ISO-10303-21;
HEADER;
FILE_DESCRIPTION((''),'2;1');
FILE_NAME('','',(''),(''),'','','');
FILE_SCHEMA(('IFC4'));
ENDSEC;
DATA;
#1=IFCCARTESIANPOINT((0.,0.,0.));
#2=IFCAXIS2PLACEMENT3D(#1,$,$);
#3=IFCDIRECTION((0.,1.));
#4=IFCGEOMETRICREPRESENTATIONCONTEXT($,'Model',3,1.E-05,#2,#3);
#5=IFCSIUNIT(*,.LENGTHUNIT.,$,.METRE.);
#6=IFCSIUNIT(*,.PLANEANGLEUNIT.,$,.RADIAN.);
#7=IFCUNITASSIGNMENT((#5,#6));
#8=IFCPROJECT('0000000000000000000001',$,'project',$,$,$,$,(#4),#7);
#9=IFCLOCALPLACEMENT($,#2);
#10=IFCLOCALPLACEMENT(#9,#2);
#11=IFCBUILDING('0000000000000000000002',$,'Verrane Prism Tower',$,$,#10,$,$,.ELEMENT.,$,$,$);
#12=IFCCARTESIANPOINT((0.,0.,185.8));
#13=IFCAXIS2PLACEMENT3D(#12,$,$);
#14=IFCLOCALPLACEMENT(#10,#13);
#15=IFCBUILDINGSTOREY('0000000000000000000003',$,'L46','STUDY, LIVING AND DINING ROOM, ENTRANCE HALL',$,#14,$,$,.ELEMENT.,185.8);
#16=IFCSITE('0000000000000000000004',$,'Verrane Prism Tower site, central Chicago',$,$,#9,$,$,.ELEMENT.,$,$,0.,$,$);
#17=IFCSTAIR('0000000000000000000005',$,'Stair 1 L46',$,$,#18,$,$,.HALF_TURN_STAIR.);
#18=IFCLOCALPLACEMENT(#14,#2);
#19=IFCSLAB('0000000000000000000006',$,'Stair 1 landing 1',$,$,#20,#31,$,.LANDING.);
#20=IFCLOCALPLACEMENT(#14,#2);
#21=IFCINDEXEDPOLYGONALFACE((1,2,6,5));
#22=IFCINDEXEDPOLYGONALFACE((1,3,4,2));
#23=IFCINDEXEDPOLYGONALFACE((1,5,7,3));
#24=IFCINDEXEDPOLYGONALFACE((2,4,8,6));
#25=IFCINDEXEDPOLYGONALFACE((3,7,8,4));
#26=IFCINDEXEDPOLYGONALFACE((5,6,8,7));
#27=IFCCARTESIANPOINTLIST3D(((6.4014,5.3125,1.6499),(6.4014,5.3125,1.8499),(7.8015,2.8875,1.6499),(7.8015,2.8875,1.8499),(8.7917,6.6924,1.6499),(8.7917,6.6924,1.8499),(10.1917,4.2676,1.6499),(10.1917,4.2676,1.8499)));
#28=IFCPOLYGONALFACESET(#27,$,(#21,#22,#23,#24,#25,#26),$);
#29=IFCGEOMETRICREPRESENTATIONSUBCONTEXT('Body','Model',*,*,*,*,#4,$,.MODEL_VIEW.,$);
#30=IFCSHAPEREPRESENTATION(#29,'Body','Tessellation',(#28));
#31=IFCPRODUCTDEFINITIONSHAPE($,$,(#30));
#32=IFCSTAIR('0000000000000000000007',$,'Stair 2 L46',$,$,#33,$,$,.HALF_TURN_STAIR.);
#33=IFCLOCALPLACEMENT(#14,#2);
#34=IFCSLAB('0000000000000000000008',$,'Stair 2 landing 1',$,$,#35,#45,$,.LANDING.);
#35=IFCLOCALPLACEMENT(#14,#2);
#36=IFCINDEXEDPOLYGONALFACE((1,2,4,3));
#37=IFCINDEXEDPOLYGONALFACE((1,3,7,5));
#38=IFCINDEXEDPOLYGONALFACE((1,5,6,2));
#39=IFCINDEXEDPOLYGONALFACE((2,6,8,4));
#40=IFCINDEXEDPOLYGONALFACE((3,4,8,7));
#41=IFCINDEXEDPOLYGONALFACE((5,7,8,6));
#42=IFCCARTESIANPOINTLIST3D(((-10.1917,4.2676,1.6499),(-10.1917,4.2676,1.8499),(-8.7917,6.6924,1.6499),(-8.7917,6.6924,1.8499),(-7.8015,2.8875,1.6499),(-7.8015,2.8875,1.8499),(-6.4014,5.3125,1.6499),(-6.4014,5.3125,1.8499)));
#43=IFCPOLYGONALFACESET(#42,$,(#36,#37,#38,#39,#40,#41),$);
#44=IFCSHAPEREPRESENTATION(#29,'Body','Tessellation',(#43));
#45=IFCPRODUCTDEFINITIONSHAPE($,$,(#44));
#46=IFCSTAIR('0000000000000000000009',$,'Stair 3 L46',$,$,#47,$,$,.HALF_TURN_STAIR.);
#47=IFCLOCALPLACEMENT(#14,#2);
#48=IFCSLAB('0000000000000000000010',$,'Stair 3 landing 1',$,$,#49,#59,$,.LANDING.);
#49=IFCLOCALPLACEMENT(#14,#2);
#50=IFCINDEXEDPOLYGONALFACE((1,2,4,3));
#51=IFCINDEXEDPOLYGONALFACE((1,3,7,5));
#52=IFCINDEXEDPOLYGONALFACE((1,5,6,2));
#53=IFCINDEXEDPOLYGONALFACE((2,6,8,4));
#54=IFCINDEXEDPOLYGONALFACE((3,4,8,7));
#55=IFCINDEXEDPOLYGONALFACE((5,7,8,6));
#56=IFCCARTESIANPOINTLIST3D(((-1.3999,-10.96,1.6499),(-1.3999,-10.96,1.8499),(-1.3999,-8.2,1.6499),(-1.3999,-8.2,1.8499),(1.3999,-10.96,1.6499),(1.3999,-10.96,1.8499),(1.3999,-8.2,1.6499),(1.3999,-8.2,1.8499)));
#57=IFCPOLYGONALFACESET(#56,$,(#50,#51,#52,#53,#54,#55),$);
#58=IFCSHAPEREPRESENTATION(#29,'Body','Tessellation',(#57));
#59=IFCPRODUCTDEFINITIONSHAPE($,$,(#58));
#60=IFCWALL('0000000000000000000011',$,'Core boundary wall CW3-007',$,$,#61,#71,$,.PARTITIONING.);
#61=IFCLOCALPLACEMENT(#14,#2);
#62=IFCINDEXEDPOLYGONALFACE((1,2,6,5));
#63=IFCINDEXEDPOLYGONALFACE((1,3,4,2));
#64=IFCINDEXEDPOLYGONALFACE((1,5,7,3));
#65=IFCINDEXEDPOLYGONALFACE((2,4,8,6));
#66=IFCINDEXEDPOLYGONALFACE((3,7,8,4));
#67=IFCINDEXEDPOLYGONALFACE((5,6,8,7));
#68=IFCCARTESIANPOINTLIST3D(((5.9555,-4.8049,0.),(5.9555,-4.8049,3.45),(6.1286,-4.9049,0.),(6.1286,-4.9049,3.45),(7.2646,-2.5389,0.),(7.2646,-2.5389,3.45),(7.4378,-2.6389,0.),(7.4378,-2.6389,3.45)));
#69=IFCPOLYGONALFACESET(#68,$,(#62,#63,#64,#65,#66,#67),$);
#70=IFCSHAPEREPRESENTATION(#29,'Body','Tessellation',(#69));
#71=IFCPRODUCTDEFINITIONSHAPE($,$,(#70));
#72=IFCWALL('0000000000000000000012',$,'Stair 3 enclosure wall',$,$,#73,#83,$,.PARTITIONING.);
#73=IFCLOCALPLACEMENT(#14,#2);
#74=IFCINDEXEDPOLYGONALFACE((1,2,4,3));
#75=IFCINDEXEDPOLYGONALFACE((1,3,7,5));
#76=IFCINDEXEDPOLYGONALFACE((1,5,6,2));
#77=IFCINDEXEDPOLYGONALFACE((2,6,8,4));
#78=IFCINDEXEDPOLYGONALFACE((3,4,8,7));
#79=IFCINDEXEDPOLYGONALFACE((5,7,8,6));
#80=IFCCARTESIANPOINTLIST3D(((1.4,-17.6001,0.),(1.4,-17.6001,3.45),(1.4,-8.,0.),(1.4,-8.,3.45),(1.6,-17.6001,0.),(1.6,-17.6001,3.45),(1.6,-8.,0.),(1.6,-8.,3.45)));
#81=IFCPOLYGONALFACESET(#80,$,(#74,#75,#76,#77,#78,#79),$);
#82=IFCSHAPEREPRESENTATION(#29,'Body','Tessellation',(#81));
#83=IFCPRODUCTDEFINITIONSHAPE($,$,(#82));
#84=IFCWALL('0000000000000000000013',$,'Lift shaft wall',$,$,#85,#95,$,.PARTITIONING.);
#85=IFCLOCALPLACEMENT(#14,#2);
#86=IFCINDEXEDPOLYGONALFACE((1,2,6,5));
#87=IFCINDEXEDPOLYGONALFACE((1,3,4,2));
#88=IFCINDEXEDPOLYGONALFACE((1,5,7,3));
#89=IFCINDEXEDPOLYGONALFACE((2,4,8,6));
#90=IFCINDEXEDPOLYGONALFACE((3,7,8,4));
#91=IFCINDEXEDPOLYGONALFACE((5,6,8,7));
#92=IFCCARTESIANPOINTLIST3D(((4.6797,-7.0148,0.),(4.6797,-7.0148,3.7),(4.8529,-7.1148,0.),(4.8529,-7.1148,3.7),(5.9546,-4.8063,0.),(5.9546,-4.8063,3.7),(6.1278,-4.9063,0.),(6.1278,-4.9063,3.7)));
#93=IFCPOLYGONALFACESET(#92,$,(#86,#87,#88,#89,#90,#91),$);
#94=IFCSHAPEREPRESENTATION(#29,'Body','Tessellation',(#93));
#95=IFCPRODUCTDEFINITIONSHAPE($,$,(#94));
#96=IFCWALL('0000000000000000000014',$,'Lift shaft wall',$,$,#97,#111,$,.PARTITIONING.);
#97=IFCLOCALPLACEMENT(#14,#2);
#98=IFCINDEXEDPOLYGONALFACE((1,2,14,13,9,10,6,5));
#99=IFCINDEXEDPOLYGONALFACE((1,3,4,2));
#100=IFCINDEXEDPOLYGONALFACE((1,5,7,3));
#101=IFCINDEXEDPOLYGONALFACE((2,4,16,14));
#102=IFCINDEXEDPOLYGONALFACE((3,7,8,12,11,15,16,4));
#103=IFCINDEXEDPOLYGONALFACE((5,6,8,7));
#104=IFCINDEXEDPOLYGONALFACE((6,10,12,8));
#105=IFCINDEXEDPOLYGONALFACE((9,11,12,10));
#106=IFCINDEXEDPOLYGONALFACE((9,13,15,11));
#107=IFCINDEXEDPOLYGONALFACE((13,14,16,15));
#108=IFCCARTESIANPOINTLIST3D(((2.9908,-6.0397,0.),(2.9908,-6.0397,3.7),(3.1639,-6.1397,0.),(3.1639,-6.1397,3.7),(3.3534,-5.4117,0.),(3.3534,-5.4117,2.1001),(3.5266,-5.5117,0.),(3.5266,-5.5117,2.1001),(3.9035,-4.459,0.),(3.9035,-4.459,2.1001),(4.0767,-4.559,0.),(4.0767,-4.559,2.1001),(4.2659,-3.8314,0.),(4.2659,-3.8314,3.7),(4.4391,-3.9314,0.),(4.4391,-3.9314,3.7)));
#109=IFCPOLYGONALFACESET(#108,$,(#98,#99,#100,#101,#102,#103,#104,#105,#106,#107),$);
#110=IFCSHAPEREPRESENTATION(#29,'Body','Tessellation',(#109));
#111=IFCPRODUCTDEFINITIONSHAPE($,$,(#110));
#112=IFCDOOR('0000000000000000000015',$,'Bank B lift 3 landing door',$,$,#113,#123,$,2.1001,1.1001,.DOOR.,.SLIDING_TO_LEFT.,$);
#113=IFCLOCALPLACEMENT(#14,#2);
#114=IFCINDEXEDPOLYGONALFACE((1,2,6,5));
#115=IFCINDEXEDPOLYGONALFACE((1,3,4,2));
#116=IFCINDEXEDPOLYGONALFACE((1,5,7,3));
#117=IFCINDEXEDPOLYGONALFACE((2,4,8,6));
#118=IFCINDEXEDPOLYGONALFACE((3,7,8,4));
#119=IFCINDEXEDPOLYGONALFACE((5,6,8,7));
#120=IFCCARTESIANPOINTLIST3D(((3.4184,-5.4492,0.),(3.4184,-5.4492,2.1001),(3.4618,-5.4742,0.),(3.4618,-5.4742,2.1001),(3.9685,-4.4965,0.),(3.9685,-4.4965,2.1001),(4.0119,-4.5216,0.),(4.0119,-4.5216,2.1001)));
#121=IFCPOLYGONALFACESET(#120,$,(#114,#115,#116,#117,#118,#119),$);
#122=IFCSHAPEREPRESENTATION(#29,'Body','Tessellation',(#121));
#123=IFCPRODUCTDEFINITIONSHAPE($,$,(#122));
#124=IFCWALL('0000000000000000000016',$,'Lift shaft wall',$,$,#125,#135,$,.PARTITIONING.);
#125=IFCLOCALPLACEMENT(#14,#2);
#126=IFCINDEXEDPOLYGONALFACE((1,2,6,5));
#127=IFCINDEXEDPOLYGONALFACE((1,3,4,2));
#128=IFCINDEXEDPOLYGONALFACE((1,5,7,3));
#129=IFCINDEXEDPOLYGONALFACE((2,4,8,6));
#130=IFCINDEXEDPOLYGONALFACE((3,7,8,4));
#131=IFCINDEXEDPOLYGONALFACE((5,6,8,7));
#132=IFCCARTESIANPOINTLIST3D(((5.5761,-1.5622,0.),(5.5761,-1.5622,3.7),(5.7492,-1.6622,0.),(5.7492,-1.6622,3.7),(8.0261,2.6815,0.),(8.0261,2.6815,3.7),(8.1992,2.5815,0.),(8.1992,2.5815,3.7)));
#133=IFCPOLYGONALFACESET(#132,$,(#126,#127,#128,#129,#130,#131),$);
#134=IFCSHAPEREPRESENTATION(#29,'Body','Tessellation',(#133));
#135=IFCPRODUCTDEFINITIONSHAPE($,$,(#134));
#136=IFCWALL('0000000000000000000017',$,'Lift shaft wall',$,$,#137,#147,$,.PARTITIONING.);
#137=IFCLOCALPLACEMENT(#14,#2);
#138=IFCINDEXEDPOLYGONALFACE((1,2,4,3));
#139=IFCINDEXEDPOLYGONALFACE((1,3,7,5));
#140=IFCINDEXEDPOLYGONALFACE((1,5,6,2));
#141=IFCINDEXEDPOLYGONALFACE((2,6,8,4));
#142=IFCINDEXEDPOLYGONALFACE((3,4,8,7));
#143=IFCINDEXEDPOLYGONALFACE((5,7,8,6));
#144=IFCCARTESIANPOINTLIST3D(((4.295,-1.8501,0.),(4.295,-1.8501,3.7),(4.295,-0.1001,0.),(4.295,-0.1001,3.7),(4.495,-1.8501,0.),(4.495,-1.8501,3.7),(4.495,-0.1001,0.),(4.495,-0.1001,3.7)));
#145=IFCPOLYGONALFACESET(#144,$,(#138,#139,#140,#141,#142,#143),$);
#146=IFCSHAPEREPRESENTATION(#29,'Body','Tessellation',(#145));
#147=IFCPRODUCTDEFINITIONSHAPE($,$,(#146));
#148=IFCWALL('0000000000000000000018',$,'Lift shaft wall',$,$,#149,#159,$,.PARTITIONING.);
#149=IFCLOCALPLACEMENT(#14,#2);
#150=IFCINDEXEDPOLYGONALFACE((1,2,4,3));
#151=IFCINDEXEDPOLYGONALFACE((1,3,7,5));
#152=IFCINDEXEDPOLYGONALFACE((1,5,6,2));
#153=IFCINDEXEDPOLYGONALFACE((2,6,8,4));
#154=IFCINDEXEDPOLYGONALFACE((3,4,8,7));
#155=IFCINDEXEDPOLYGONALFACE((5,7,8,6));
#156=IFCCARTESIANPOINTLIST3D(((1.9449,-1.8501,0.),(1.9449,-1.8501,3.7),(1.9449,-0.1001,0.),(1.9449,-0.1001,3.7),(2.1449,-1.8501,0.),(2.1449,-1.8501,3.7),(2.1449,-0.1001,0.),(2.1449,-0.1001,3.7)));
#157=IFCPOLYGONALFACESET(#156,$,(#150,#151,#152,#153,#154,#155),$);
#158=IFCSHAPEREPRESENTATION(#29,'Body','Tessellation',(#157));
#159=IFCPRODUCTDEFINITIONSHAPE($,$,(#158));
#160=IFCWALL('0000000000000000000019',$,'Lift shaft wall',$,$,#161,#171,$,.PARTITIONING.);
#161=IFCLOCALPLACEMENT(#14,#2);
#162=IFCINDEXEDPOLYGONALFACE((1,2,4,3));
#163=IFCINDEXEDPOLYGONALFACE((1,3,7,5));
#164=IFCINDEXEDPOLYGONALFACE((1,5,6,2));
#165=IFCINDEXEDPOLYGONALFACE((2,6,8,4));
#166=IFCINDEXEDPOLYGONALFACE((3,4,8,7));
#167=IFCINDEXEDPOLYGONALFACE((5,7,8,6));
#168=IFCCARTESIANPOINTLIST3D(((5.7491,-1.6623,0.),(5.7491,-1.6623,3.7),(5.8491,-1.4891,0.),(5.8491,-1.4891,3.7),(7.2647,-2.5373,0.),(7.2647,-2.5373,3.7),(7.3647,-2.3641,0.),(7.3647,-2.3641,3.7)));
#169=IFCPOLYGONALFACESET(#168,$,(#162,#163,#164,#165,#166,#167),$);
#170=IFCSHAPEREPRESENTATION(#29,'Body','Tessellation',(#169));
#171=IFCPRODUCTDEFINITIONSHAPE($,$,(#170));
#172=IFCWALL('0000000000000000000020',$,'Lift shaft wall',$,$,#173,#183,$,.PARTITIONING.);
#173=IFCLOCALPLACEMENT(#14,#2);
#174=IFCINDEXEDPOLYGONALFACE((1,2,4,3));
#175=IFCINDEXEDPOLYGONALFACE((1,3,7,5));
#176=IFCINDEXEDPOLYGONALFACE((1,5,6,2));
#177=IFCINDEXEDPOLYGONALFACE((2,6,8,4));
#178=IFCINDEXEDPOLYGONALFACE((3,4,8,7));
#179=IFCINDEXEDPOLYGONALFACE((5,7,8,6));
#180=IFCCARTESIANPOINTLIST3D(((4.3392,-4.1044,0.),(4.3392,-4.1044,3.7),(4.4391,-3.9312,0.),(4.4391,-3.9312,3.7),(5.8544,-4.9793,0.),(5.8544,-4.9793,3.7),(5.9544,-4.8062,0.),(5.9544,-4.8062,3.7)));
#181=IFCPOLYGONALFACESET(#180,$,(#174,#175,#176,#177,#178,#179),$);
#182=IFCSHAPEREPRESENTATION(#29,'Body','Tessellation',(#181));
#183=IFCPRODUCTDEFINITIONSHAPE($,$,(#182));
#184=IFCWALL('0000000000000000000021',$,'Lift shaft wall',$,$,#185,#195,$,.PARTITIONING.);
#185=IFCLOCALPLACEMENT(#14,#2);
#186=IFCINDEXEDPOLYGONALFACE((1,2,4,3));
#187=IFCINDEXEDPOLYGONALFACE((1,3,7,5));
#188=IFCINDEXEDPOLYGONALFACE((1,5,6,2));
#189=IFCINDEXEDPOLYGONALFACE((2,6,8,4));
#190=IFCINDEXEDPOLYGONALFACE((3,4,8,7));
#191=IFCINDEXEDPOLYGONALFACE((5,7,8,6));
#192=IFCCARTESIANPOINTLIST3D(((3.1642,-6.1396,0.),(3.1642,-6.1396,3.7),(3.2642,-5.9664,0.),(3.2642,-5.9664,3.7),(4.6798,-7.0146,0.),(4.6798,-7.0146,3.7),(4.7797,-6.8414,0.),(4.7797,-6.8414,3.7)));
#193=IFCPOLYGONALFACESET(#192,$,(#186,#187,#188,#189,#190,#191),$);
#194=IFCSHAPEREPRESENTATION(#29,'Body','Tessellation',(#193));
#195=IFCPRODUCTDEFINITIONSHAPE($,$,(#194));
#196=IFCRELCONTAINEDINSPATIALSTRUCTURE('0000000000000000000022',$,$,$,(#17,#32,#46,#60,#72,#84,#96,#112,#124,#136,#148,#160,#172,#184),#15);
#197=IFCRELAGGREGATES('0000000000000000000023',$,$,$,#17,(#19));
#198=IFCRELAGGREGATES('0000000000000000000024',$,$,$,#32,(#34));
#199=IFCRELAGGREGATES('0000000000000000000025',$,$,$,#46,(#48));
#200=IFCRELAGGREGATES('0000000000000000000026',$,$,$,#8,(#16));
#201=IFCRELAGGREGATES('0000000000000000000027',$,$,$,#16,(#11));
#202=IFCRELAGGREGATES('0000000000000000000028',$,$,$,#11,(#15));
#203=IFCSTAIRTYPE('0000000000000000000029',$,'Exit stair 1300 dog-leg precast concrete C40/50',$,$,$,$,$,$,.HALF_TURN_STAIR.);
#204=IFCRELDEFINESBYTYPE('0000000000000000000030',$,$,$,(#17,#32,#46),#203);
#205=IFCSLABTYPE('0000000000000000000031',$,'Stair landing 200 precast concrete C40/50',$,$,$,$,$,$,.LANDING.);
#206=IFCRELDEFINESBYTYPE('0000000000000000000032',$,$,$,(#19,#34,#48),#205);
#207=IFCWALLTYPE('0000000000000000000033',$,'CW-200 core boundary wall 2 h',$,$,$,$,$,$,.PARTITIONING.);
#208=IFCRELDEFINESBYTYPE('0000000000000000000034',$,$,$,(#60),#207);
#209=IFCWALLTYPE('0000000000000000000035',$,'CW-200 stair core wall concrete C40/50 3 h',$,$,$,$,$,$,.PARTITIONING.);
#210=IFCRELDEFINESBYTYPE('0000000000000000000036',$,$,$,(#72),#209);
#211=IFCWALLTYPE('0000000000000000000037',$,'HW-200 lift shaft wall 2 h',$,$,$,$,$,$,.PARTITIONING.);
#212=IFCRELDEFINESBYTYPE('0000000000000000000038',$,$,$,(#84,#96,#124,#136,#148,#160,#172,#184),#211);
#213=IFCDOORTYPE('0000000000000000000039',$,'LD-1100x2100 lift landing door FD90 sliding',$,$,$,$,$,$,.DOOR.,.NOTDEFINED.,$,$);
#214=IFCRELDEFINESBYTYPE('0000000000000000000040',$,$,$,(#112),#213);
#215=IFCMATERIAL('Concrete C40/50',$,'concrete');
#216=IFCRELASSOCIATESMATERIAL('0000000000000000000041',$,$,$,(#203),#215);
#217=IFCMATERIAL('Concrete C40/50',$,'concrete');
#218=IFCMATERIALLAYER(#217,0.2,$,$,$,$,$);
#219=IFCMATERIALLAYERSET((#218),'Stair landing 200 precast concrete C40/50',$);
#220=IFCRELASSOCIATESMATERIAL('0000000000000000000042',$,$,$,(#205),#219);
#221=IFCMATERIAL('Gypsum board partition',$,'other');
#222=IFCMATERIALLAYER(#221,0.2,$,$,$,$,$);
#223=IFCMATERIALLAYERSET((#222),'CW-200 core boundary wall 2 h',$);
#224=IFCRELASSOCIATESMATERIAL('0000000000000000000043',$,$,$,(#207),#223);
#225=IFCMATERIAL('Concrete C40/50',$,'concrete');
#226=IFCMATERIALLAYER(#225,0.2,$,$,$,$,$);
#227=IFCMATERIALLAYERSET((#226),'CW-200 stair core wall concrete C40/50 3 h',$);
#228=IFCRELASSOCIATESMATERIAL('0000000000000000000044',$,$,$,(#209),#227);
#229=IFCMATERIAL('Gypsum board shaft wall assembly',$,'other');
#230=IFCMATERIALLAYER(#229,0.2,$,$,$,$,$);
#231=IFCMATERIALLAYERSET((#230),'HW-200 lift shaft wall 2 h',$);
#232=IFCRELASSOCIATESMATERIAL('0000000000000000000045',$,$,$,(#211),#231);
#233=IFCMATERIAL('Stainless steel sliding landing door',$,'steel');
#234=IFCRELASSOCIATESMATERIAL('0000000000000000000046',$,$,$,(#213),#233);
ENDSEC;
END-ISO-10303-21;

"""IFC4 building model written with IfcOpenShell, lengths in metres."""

from ifc_helpers import new_model, si_unit, direction, frame, frame_2d, origin, place, context, subcontext, project, spatial, polyline, rectangle, outline, extrude, material, layer, layer_set, type_object, element, fill, aggregate, save


model = new_model("IFC4")

# Units and contexts
model_context = context("Model", 3, precision=1e-05, world=origin(), true_north=direction((0.0, 1.0)))
body_context = subcontext(model_context, "Body", "Model", "MODEL_VIEW")
ifc_project = project(units=[si_unit("LENGTHUNIT", "METRE"), si_unit("PLANEANGLEUNIT", "RADIAN")], contexts=[model_context])

# Site, building, storey
site_placement = place(None, origin())
site = spatial("IfcSite", under=ifc_project, at=site_placement, Name="Verrane Prism Tower site, central Chicago", CompositionType="ELEMENT", RefElevation=0.0)
building_placement = place(site_placement, origin())
building = spatial("IfcBuilding", under=site, at=building_placement, Name="Verrane Prism Tower", CompositionType="ELEMENT")
storey_placement = place(building_placement, frame((0.0, 0.0, 185.8)))
storey = spatial("IfcBuildingStorey", under=building, at=storey_placement, Name="L46", Description="STUDY, LIVING AND DINING ROOM, ENTRANCE HALL", CompositionType="ELEMENT", Elevation=185.8)

# Stairs, slabs
ifc_material_1 = material(Name="Concrete C40/50", Category="concrete")
stair_type = type_object("IfcStairType", Name="Exit stair 1300 dog-leg precast concrete C40/50", PredefinedType="HALF_TURN_STAIR", material=ifc_material_1)
stair_1_placement = place(storey_placement, origin())
stair_1 = element("IfcStair", 1, at=stair_1_placement, inside=storey, type_object=stair_type, Name="Stair 1 L46", PredefinedType="HALF_TURN_STAIR")
ifc_material_2 = material(Name="Concrete C40/50", Category="concrete")
ifc_layer_1 = layer(ifc_material_2, 0.2)
ifc_layer_set_1 = layer_set([ifc_layer_1], Name="Stair landing 200 precast concrete C40/50")
slab_type_1 = type_object("IfcSlabType", Name="Stair landing 200 precast concrete C40/50", PredefinedType="LANDING", material=ifc_layer_set_1)
slab_1_placement = place(storey_placement, frame((0.0, 0.0, 1.6499)))
slab_1 = element("IfcSlab", 2, at=slab_1_placement, type_object=slab_type_1, Name="Stair 1 landing 1", PredefinedType="LANDING", context=body_context, shape_type="SweptSolid", body=[
    extrude(outline(polyline([(8.7917, 6.6924), (6.4014, 5.3125), (7.8015, 2.8875), (10.1917, 4.2676), (8.7917, 6.6924)])), origin(), (0.0, 0.0, 1.0), 0.2),
])
aggregate(stair_1, [slab_1])
stair_2_placement = place(storey_placement, origin())
stair_2 = element("IfcStair", 3, at=stair_2_placement, inside=storey, type_object=stair_type, Name="Stair 2 L46", PredefinedType="HALF_TURN_STAIR")
slab_2_placement = place(storey_placement, frame((0.0, 0.0, 1.6499)))
slab_2 = element("IfcSlab", 4, at=slab_2_placement, type_object=slab_type_1, Name="Stair 2 landing 1", PredefinedType="LANDING", context=body_context, shape_type="SweptSolid", body=[
    extrude(outline(polyline([(-10.1917, 4.2676), (-7.8015, 2.8875), (-6.4014, 5.3125), (-8.7917, 6.6924), (-10.1917, 4.2676)])), origin(), (0.0, 0.0, 1.0), 0.2),
])
aggregate(stair_2, [slab_2])
stair_3_placement = place(storey_placement, origin())
stair_3 = element("IfcStair", 5, at=stair_3_placement, inside=storey, type_object=stair_type, Name="Stair 3 L46", PredefinedType="HALF_TURN_STAIR")
slab_3_placement = place(storey_placement, frame((0.0, 0.0, 1.6499)))
slab_3 = element("IfcSlab", 6, at=slab_3_placement, type_object=slab_type_1, Name="Stair 3 landing 1", PredefinedType="LANDING", context=body_context, shape_type="SweptSolid", body=[
    extrude(outline(polyline([(1.3999, -10.96), (1.3999, -8.2), (-1.3999, -8.2), (-1.3999, -10.96), (1.3999, -10.96)])), origin(), (0.0, 0.0, 1.0), 0.2),
])
aggregate(stair_3, [slab_3])

# Walls
ifc_material_3 = material(Name="Gypsum board partition", Category="other")
ifc_layer_2 = layer(ifc_material_3, 0.2)
ifc_layer_set_2 = layer_set([ifc_layer_2], Name="CW-200 core boundary wall 2 h")
wall_type_1 = type_object("IfcWallType", Name="CW-200 core boundary wall 2 h", PredefinedType="PARTITIONING", material=ifc_layer_set_2)
wall_1_placement = place(storey_placement, frame((6.042, -4.855, 0.0), z_axis=(0.0, 0.0, 1.0), x_axis=(0.500253, 0.865879, 0.0)))
element("IfcWall", 7, at=wall_1_placement, inside=storey, type_object=wall_type_1, Name="Core boundary wall CW3-007", PredefinedType="PARTITIONING", context=body_context, shape_type="SweptSolid", body=[
    extrude(rectangle(XDim=2.6169, YDim=0.2, at=frame_2d((1.3086, 0.0))), origin(), (0.0, 0.0, 1.0), 3.45),
])
ifc_material_4 = material(Name="Concrete C40/50", Category="concrete")
ifc_layer_3 = layer(ifc_material_4, 0.2)
ifc_layer_set_3 = layer_set([ifc_layer_3], Name="CW-200 stair core wall concrete C40/50 3 h")
wall_type_2 = type_object("IfcWallType", Name="CW-200 stair core wall concrete C40/50 3 h", PredefinedType="PARTITIONING", material=ifc_layer_set_3)
wall_2_placement = place(storey_placement, frame((1.5, -8.0, 0.0), z_axis=(0.0, 0.0, 1.0), x_axis=(0.0, -1.0, 0.0)))
element("IfcWall", 8, at=wall_2_placement, inside=storey, type_object=wall_type_2, Name="Stair 3 enclosure wall", PredefinedType="PARTITIONING", context=body_context, shape_type="SweptSolid", body=[
    extrude(rectangle(XDim=9.6001, YDim=0.2, at=frame_2d((4.8, 0.0))), origin(), (0.0, 0.0, 1.0), 3.45),
])
ifc_material_5 = material(Name="Gypsum board shaft wall assembly", Category="other")
ifc_layer_4 = layer(ifc_material_5, 0.2)
ifc_layer_set_4 = layer_set([ifc_layer_4], Name="HW-200 lift shaft wall 2 h")
wall_type_3 = type_object("IfcWallType", Name="HW-200 lift shaft wall 2 h", PredefinedType="PARTITIONING", material=ifc_layer_set_4)
wall_3_placement = place(storey_placement, frame((4.7664, -7.0647, 0.0), z_axis=(0.0, 0.0, 1.0), x_axis=(0.499949, 0.866055, 0.0)))
element("IfcWall", 9, at=wall_3_placement, inside=storey, type_object=wall_type_3, Name="Lift shaft wall", PredefinedType="PARTITIONING", context=body_context, shape_type="SweptSolid", body=[
    extrude(rectangle(XDim=2.55, YDim=0.2, at=frame_2d((1.2749, 0.0))), origin(), (0.0, 0.0, 1.0), 3.7),
])

# Wall, opening, door
wall_4_placement = place(storey_placement, frame((3.0774, -6.0896, 0.0), z_axis=(0.0, 0.0, 1.0), x_axis=(0.500062, 0.865989, 0.0)))
wall_4 = element("IfcWall", 10, at=wall_4_placement, inside=storey, type_object=wall_type_3, Name="Lift shaft wall", PredefinedType="PARTITIONING", context=body_context, shape_type="SweptSolid", body=[
    extrude(rectangle(XDim=2.55, YDim=0.2, at=frame_2d((1.2749, 0.0))), origin(), (0.0, 0.0, 1.0), 3.7),
])
opening_placement = place(wall_4_placement, frame((0.7251, 0.0, 0.0)))
opening = element("IfcOpeningElement", 11, at=opening_placement, cuts=wall_4, PredefinedType="OPENING", context=body_context, shape_type="SweptSolid", body=[
    extrude(rectangle(XDim=1.1001, YDim=2.1001, at=frame_2d((0.55, 1.05))), frame((0.0, 0.1099, 0.0), z_axis=(0.0, -1.0, 0.0), x_axis=(1.0, 0.0, 0.0)), (0.0, 0.0, 1.0), 0.22),
])
ifc_material_6 = material(Name="Stainless steel sliding landing door", Category="steel")
door_type = type_object("IfcDoorType", Name="LD-1100x2100 lift landing door FD90 sliding", OperationType="NOTDEFINED", PredefinedType="DOOR", material=ifc_material_6)
door_placement = place(opening_placement, origin())
door = element("IfcDoor", 12, at=door_placement, inside=storey, type_object=door_type, Name="Bank B lift 3 landing door", OperationType="SLIDING_TO_LEFT", OverallHeight=2.1001, OverallWidth=1.1001, PredefinedType="DOOR", context=body_context, shape_type="SweptSolid", body=[
    extrude(rectangle(XDim=1.1001, YDim=2.1001, at=frame_2d((0.55, 1.05))), frame((0.0, 0.0249, 0.0), z_axis=(0.0, -1.0, 0.0), x_axis=(1.0, 0.0, 0.0)), (0.0, 0.0, 1.0), 0.05),
])
fill(opening, door)

# Walls
wall_5_placement = place(storey_placement, frame((5.6626, -1.6123, 0.0), z_axis=(0.0, 0.0, 1.0), x_axis=(0.499981, 0.866036, 0.0)))
element("IfcWall", 13, at=wall_5_placement, inside=storey, type_object=wall_type_3, Name="Lift shaft wall", PredefinedType="PARTITIONING", context=body_context, shape_type="SweptSolid", body=[
    extrude(rectangle(XDim=4.9001, YDim=0.2, at=frame_2d((2.4502, 0.0))), origin(), (0.0, 0.0, 1.0), 3.7),
])
for number, where, z_axis, x_axis, name in (
    (14, (4.395, -1.8501, 0.0), (0.0, 0.0, 1.0), (0.0, 1.0, 0.0), "Lift shaft wall"),
    (15, (2.0449, -1.8501, 0.0), (0.0, 0.0, 1.0), (0.0, 1.0, 0.0), "Lift shaft wall"),
    (16, (7.3147, -2.4507, 0.0), (0.0, 0.0, 1.0), (-0.866037, 0.49998, 0.0), "Lift shaft wall"),
):
    element("IfcWall", number, at=place(storey_placement, frame(where, z_axis=z_axis, x_axis=x_axis)), inside=storey, type_object=wall_type_3, Name=name, PredefinedType="PARTITIONING", context=body_context, shape_type="SweptSolid", body=[
        extrude(rectangle(XDim=1.75, YDim=0.2, at=frame_2d((0.875, 0.0))), origin(), (0.0, 0.0, 1.0), 3.7),
    ])
wall_6_placement = place(storey_placement, frame((5.9045, -4.8928, 0.0), z_axis=(0.0, 0.0, 1.0), x_axis=(-0.866002, 0.50004, 0.0)))
element("IfcWall", 17, at=wall_6_placement, inside=storey, type_object=wall_type_3, Name="Lift shaft wall", PredefinedType="PARTITIONING", context=body_context, shape_type="SweptSolid", body=[
    extrude(rectangle(XDim=1.7498, YDim=0.2, at=frame_2d((0.875, 0.0))), origin(), (0.0, 0.0, 1.0), 3.7),
])
wall_7_placement = place(storey_placement, frame((4.7297, -6.928, 0.0), z_axis=(0.0, 0.0, 1.0), x_axis=(-0.866037, 0.49998, 0.0)))
element("IfcWall", 18, at=wall_7_placement, inside=storey, type_object=wall_type_3, Name="Lift shaft wall", PredefinedType="PARTITIONING", context=body_context, shape_type="SweptSolid", body=[
    extrude(rectangle(XDim=1.75, YDim=0.2, at=frame_2d((0.875, 0.0))), origin(), (0.0, 0.0, 1.0), 3.7),
])

save(model, "model.ifc")
